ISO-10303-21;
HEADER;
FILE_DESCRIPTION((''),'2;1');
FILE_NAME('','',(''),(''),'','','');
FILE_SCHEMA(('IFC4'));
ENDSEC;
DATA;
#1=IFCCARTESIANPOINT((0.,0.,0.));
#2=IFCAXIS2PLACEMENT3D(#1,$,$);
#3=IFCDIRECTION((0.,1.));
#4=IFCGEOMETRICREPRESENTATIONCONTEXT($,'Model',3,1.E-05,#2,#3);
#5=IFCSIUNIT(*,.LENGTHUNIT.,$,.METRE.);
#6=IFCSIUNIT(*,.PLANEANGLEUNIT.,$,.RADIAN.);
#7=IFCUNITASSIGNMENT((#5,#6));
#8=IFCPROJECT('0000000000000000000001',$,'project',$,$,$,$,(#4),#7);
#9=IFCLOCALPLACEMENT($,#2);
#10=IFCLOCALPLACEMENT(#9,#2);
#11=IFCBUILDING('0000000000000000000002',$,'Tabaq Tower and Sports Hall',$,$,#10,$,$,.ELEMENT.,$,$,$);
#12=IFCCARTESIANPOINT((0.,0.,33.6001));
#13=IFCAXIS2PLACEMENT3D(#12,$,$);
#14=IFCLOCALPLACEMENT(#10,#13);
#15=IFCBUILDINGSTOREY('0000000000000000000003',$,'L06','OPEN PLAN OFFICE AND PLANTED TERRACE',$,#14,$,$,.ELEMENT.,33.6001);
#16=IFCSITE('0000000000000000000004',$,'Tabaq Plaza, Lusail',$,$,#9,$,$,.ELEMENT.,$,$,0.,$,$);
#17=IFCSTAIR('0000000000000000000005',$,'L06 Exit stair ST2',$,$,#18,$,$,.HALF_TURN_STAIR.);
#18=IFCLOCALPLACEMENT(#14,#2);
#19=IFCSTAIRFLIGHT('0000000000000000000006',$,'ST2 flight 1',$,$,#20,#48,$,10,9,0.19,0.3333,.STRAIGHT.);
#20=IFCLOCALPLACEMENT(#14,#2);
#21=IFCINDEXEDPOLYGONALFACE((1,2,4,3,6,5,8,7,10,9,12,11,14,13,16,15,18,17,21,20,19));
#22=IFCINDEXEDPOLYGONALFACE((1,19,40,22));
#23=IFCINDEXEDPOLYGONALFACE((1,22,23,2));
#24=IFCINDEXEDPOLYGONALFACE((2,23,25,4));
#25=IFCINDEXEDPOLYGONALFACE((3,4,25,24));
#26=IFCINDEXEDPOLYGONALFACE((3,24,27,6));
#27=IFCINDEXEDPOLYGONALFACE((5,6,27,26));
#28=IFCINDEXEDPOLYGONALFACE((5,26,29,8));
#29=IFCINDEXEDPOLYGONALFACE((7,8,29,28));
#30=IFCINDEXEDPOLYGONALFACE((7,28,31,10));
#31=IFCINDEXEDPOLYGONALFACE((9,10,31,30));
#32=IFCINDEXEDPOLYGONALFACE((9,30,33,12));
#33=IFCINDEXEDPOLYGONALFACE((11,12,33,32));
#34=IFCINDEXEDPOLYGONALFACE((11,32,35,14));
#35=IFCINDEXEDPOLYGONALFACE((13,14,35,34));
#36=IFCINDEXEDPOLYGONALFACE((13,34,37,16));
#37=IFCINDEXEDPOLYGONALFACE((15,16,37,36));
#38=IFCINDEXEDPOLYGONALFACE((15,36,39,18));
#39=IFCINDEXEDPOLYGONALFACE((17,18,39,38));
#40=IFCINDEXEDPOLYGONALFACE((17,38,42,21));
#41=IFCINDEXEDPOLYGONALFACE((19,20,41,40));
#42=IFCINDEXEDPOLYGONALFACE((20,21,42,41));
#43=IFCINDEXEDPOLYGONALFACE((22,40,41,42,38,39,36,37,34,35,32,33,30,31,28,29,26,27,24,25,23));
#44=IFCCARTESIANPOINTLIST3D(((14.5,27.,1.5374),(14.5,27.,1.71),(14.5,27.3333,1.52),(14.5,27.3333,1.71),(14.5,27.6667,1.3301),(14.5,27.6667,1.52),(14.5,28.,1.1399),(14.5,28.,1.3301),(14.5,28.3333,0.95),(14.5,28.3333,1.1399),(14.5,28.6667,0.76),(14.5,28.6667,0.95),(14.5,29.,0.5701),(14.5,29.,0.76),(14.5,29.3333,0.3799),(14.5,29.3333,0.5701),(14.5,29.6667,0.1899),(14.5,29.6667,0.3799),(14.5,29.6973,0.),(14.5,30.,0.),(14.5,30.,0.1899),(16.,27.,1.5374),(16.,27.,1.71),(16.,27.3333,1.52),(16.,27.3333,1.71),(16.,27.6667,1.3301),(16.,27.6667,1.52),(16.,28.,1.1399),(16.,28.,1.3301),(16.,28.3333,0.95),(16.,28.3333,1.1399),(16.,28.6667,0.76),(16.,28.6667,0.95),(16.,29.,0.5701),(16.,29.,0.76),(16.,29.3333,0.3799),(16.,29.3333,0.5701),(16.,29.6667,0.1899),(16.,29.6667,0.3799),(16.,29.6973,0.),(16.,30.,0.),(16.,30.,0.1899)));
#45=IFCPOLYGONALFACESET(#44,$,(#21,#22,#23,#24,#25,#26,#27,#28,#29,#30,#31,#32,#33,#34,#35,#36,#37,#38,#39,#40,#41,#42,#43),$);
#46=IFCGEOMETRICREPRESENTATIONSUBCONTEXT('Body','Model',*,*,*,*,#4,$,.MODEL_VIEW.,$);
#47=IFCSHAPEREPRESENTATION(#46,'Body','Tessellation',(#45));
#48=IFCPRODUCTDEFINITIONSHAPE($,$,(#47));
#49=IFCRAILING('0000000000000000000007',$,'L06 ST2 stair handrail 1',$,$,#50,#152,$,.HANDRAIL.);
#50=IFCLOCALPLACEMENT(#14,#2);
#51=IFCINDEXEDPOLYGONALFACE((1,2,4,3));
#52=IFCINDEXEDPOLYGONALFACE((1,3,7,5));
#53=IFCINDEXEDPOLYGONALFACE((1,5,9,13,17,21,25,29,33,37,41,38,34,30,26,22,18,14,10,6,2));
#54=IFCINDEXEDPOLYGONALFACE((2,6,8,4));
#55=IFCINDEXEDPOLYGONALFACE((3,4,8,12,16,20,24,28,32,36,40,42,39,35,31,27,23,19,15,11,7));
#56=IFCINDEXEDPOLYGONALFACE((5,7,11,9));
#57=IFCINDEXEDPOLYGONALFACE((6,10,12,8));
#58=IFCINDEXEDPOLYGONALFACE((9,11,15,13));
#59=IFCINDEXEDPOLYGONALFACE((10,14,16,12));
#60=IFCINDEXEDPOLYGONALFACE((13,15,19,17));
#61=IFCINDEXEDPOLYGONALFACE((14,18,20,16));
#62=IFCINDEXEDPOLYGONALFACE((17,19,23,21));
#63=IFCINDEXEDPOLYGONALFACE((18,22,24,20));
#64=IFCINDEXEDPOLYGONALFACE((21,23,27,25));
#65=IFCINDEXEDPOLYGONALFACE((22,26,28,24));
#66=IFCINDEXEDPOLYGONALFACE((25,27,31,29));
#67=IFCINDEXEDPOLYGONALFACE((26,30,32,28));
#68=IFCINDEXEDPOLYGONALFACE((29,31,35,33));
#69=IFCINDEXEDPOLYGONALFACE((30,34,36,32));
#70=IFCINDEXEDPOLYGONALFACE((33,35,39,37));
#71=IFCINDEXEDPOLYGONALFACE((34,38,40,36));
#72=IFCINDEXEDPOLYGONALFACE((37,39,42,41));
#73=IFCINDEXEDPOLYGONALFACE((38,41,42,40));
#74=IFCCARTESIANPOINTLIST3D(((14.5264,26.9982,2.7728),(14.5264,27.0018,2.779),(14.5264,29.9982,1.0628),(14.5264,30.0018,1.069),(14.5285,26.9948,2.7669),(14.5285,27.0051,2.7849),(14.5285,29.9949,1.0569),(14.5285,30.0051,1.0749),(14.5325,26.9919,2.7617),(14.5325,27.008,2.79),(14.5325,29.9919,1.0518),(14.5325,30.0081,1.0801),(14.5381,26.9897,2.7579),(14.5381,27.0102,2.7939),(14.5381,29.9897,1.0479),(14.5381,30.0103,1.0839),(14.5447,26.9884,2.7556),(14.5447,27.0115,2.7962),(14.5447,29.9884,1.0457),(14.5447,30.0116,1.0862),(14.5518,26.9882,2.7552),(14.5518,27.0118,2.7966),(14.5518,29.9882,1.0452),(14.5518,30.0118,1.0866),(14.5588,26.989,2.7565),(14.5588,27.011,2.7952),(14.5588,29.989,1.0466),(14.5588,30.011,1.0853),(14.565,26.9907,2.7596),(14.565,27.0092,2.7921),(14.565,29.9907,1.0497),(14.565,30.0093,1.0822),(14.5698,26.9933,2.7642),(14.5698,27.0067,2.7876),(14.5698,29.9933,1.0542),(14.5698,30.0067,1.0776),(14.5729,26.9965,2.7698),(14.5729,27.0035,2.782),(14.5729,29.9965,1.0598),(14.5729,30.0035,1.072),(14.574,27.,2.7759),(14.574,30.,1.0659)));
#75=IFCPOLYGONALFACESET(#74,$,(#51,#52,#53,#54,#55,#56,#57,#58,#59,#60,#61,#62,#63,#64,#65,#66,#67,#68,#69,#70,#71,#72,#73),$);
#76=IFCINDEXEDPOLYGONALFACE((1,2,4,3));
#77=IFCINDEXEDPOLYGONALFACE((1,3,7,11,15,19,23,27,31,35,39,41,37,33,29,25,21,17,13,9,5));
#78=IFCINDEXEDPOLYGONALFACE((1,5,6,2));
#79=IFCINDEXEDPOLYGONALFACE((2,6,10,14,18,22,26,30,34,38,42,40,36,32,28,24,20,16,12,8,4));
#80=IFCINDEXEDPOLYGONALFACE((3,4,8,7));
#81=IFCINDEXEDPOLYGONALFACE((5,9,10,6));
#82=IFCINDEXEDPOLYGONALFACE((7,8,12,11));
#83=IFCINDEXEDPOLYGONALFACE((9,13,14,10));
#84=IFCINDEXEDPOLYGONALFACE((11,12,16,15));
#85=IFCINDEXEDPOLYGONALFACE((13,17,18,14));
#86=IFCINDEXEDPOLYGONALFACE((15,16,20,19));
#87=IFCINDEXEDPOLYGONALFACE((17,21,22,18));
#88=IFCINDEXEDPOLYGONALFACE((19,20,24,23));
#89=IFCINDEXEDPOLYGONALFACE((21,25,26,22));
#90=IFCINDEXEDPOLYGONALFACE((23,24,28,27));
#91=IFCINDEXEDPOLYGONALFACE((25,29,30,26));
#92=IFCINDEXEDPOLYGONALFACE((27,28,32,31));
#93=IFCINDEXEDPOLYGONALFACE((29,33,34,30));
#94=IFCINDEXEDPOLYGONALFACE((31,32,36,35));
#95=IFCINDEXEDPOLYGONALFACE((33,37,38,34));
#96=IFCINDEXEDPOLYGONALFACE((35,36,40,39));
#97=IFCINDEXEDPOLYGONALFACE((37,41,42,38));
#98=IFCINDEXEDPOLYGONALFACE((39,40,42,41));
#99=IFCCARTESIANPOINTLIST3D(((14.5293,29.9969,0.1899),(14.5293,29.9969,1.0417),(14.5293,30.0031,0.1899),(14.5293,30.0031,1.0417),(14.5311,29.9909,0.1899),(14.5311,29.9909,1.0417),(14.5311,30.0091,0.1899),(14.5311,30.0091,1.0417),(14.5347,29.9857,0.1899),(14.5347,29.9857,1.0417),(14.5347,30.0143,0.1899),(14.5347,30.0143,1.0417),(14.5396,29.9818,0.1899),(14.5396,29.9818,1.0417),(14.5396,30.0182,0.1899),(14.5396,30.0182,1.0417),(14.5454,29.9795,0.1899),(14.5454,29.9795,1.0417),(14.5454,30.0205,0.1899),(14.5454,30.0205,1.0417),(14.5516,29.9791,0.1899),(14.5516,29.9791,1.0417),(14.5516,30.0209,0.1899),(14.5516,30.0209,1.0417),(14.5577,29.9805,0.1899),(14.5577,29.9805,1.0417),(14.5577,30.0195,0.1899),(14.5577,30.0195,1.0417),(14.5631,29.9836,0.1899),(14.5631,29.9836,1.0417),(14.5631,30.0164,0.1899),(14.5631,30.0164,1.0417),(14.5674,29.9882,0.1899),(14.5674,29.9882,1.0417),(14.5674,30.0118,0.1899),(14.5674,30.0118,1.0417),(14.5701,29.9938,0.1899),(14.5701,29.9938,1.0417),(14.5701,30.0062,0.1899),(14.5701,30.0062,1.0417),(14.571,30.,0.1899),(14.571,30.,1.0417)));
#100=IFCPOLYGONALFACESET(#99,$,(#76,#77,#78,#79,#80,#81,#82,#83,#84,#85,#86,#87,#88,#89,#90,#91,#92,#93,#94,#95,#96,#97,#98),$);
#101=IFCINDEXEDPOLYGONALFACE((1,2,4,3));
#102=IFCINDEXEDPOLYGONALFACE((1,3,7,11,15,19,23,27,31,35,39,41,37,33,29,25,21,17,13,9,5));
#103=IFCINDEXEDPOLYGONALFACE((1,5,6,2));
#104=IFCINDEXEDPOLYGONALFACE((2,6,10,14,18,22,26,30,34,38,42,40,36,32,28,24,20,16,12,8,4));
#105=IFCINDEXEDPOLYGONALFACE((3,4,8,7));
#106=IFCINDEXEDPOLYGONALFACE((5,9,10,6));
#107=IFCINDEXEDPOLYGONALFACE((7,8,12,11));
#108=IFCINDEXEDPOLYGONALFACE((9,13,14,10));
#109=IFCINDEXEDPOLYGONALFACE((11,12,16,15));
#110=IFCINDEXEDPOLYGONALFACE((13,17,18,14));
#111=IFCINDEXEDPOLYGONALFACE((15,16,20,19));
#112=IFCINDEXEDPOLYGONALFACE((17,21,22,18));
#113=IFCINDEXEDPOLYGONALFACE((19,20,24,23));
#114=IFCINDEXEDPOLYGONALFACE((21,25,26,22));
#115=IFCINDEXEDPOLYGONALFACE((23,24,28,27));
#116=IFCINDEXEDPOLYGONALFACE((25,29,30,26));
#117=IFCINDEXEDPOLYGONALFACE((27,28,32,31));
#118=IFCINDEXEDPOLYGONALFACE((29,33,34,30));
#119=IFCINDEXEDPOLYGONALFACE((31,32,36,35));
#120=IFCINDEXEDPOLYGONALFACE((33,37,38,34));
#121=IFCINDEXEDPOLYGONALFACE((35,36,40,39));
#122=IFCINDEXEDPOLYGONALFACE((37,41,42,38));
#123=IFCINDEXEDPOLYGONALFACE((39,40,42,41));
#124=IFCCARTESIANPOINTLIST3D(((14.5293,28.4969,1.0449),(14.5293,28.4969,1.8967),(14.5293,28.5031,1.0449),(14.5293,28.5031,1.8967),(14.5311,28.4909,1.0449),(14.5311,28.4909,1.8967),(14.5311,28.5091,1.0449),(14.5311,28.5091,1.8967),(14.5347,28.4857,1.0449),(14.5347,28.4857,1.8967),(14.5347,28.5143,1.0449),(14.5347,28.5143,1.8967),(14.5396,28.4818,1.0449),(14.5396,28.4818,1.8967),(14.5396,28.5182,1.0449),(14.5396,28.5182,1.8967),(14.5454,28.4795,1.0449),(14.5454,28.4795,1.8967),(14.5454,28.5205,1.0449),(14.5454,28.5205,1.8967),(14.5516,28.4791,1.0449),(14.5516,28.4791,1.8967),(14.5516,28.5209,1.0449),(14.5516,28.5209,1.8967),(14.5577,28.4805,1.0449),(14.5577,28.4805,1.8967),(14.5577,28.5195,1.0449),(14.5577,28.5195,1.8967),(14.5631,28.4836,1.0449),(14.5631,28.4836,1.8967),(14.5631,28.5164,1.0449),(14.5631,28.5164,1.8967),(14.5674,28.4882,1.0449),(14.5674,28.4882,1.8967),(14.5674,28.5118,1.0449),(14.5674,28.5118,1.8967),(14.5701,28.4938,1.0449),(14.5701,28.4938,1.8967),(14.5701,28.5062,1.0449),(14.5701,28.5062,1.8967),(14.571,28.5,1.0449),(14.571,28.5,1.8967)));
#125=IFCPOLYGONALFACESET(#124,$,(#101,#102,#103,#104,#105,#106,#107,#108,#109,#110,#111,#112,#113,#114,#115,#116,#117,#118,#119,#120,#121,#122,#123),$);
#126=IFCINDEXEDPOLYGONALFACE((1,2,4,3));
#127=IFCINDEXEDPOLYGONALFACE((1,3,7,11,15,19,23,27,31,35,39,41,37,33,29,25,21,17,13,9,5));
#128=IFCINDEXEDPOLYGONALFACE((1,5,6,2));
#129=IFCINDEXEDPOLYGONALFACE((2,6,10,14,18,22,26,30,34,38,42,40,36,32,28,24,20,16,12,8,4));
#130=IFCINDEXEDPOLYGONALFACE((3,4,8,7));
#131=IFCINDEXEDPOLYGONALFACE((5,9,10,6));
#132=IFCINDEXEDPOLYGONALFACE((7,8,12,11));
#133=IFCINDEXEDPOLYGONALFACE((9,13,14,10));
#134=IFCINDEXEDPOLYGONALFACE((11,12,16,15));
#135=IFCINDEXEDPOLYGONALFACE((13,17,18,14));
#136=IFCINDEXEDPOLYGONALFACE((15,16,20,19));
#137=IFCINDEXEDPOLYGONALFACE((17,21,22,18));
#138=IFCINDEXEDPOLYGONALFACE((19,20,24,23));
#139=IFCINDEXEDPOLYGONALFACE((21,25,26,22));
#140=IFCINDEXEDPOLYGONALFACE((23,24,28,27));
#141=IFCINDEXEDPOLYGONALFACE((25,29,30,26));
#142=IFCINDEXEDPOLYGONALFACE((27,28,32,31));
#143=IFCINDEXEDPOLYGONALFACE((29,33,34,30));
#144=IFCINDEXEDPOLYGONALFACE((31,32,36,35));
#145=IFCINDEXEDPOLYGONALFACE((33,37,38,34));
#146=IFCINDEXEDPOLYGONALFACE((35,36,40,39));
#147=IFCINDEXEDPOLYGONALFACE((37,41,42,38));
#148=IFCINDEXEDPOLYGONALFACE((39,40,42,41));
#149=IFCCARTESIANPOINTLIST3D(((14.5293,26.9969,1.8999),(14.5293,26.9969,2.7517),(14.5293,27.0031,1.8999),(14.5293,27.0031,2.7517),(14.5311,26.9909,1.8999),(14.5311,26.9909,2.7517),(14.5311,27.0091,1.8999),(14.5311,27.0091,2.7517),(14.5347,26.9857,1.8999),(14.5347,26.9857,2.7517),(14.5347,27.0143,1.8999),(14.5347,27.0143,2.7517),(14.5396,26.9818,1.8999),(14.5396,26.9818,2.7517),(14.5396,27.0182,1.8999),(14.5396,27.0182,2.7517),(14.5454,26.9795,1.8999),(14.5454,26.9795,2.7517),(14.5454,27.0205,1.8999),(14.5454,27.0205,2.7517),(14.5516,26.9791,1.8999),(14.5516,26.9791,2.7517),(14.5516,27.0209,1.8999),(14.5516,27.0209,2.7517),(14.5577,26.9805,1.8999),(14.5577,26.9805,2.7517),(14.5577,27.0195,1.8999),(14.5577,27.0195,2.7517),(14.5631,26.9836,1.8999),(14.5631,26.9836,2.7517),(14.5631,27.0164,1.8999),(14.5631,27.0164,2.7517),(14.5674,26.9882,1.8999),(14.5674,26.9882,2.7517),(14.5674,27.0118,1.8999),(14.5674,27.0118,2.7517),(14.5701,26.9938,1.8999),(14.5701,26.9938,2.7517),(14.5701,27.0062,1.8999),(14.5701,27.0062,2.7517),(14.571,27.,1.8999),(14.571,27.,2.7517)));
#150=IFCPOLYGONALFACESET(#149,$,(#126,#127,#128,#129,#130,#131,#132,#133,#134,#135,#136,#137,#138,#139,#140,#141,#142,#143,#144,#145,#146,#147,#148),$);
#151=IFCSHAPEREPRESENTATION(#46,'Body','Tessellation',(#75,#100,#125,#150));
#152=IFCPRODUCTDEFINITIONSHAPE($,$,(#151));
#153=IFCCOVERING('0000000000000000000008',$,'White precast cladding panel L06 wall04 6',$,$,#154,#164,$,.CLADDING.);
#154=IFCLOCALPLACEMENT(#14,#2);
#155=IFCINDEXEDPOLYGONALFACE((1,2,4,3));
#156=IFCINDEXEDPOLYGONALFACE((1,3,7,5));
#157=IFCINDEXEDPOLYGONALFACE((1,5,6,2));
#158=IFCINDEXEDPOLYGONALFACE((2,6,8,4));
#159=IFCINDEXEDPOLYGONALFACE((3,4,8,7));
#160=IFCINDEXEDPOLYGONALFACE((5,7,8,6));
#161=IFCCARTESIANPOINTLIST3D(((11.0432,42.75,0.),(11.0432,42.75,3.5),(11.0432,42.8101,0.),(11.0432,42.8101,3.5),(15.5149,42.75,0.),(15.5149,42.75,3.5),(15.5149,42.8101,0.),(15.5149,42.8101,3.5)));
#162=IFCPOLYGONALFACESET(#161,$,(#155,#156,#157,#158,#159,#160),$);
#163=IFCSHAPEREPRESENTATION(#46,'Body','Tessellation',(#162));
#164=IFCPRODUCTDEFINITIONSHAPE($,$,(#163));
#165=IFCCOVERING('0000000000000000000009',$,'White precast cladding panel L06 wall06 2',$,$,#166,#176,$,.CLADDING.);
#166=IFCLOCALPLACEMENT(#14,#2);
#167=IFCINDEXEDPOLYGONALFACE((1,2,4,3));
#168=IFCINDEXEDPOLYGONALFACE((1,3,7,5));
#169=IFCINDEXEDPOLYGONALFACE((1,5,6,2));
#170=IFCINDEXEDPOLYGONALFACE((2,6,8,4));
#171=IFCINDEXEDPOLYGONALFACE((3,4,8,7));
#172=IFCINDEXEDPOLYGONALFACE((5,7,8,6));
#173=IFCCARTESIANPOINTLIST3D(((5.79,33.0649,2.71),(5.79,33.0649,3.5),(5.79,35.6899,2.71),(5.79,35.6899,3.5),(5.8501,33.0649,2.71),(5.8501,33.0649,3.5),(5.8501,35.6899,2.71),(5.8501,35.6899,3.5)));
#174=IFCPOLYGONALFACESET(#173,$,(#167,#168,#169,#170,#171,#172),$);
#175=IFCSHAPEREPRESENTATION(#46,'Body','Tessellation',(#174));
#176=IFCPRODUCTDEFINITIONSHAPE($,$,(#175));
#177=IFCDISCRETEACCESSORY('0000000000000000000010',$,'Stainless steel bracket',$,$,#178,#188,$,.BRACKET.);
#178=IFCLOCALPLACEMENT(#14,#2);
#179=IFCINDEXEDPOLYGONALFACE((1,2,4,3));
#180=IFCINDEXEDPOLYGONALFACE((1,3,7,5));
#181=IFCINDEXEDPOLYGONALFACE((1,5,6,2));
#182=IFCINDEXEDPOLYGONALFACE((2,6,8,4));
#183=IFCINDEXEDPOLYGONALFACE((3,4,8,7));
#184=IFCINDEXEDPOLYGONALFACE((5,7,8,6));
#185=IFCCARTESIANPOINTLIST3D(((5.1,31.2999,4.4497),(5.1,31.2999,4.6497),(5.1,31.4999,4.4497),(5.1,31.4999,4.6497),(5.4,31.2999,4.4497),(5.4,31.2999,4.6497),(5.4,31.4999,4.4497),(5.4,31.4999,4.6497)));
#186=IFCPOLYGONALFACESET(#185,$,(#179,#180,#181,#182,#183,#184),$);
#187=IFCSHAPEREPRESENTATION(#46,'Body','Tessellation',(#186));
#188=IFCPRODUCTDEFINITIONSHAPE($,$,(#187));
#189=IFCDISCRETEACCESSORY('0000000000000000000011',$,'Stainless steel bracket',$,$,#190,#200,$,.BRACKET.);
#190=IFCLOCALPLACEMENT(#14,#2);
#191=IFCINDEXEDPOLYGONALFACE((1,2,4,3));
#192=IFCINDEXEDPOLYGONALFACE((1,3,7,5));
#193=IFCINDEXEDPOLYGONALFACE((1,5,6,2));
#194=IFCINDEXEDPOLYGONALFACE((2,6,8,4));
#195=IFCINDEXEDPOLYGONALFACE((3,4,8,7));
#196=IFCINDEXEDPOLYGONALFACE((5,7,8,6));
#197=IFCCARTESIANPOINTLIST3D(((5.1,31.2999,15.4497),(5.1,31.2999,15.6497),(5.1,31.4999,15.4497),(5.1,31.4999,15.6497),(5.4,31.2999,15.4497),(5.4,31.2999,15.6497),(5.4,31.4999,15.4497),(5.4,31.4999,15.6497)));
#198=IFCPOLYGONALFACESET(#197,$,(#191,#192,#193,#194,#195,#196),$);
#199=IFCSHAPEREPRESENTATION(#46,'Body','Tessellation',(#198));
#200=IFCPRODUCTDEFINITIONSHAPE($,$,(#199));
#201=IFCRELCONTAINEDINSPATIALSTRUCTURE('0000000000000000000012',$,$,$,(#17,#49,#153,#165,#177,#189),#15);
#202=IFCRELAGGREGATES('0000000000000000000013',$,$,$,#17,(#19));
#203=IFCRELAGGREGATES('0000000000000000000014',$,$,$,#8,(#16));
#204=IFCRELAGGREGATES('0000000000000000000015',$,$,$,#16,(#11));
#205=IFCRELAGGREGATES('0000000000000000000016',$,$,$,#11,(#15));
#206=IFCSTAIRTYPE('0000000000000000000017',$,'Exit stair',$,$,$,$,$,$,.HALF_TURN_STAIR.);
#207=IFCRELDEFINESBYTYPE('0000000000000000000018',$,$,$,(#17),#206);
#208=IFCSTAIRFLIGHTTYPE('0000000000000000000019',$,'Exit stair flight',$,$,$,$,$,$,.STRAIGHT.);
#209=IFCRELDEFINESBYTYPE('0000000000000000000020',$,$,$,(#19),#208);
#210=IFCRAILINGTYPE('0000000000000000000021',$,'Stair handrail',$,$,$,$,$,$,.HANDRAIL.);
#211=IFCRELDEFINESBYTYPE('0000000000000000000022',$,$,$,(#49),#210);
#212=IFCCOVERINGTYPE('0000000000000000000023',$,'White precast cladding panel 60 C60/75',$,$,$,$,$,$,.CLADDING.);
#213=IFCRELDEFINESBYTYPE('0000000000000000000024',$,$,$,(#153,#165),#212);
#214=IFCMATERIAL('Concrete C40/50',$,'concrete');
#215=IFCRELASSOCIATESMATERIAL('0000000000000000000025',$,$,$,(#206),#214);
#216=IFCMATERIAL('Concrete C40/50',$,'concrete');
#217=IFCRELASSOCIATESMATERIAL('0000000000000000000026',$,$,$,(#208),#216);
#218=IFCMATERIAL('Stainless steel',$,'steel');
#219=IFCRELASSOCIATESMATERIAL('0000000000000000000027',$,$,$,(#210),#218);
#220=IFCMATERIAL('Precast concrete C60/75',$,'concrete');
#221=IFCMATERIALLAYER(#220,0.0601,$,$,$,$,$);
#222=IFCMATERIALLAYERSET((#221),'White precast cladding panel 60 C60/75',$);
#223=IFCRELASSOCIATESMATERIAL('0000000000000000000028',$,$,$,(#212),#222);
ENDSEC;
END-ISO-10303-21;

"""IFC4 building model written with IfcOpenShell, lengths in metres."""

from ifc_helpers import new_model, si_unit, direction, frame, frame_2d, origin, origin_2d, place, context, subcontext, project, spatial, polyline, rectangle, circle, outline, extrude, material, layer, layer_set, type_object, element, aggregate, save


model = new_model("IFC4")

# Units and contexts
model_context = context("Model", 3, precision=1e-05, world=origin(), true_north=direction((0.0, 1.0)))
body_context = subcontext(model_context, "Body", "Model", "MODEL_VIEW")
ifc_project = project(units=[si_unit("LENGTHUNIT", "METRE"), si_unit("PLANEANGLEUNIT", "RADIAN")], contexts=[model_context])

# Site, building, storey
site_placement = place(None, origin())
site = spatial("IfcSite", under=ifc_project, at=site_placement, Name="Tabaq Plaza, Lusail", CompositionType="ELEMENT", RefElevation=0.0)
building_placement = place(site_placement, origin())
building = spatial("IfcBuilding", under=site, at=building_placement, Name="Tabaq Tower and Sports Hall", CompositionType="ELEMENT")
storey_placement = place(building_placement, frame((0.0, 0.0, 33.6001)))
storey = spatial("IfcBuildingStorey", under=building, at=storey_placement, Name="L06", Description="OPEN PLAN OFFICE AND PLANTED TERRACE", CompositionType="ELEMENT", Elevation=33.6001)

# Stair, stair flight
ifc_material_1 = material(Name="Concrete C40/50", Category="concrete")
stair_type = type_object("IfcStairType", Name="Exit stair", PredefinedType="HALF_TURN_STAIR", material=ifc_material_1)
stair_placement = place(storey_placement, origin())
stair = element("IfcStair", 1, at=stair_placement, inside=storey, type_object=stair_type, Name="L06 Exit stair ST2", PredefinedType="HALF_TURN_STAIR")
ifc_material_2 = material(Name="Concrete C40/50", Category="concrete")
stair_flight_type = type_object("IfcStairFlightType", Name="Exit stair flight", PredefinedType="STRAIGHT", material=ifc_material_2)
stair_flight_placement = place(storey_placement, frame((15.25, 30.0, 0.0), z_axis=(0.0, 0.0, 1.0), x_axis=(0.0, -1.0, 0.0)))
stair_flight = element("IfcStairFlight", 2, at=stair_flight_placement, type_object=stair_flight_type, Name="ST2 flight 1", NumberOfRisers=10, NumberOfTreads=9, PredefinedType="STRAIGHT", RiserHeight=0.19, TreadLength=0.3333, context=body_context, shape_type="SweptSolid", body=[
    extrude(outline(polyline([(0.0, 0.0), (0.0, 0.1899), (0.3333, 0.1899), (0.3333, 0.3799), (0.6667, 0.3799), (0.6667, 0.5701), (1.0, 0.5701), (1.0, 0.76), (1.3333, 0.76), (1.3333, 0.95), (1.6667, 0.95), (1.6667, 1.1399), (2.0, 1.1399), (2.0, 1.3301), (2.3333, 1.3301), (2.3333, 1.52), (2.6667, 1.52), (2.6667, 1.71), (3.0, 1.71), (3.0, 1.8999), (3.0, 1.5374), (0.3027, 0.0), (0.0, 0.0)])), frame((0.0, 0.75, 0.0), z_axis=(0.0, -1.0, 0.0), x_axis=(1.0, 0.0, 0.0)), (0.0, 0.0, 1.0), 1.5),
])
aggregate(stair, [stair_flight])

# Railing
ifc_material_3 = material(Name="Stainless steel", Category="steel")
railing_type = type_object("IfcRailingType", Name="Stair handrail", PredefinedType="HANDRAIL", material=ifc_material_3)
railing_placement = place(storey_placement, frame((14.55, 30.0, 0.1899)))
element("IfcRailing", 3, at=railing_placement, inside=storey, type_object=railing_type, Name="L06 ST2 stair handrail 1", PredefinedType="HANDRAIL", context=body_context, shape_type="SweptSolid", body=[
    extrude(circle(Radius=0.0239, at=origin_2d()), frame((0.0, 0.0, 0.876), z_axis=(0.0, -0.868782, 0.495195), x_axis=(1.0, 0.0, 0.0)), (0.0, 0.0, 1.0), 3.4531),
    extrude(circle(Radius=0.021, at=origin_2d()), origin(), (0.0, 0.0, 1.0), 0.8518),
    extrude(circle(Radius=0.021, at=origin_2d()), frame((0.0, -1.5, 0.855)), (0.0, 0.0, 1.0), 0.8518),
    extrude(circle(Radius=0.021, at=origin_2d()), frame((0.0, -3.0, 1.71)), (0.0, 0.0, 1.0), 0.8518),
])

# Coverings
ifc_material_4 = material(Name="Precast concrete C60/75", Category="concrete")
ifc_layer_1 = layer(ifc_material_4, 0.0601)
ifc_layer_set_1 = layer_set([ifc_layer_1], Name="White precast cladding panel 60 C60/75")
covering_type = type_object("IfcCoveringType", Name="White precast cladding panel 60 C60/75", PredefinedType="CLADDING", material=ifc_layer_set_1)
covering_1_placement = place(storey_placement, frame((15.5149, 42.78, 0.0), z_axis=(0.0, 0.0, 1.0), x_axis=(-1.0, 0.0, 0.0)))
element("IfcCovering", 4, at=covering_1_placement, inside=storey, type_object=covering_type, Name="White precast cladding panel L06 wall04 6", PredefinedType="CLADDING", context=body_context, shape_type="SweptSolid", body=[
    extrude(rectangle(XDim=4.4717, YDim=0.0601, at=frame_2d((2.2358, 0.0))), origin(), (0.0, 0.0, 1.0), 3.5),
])
covering_2_placement = place(storey_placement, frame((5.8201, 35.6899, 2.71), z_axis=(0.0, 0.0, 1.0), x_axis=(0.0, -1.0, 0.0)))
element("IfcCovering", 5, at=covering_2_placement, inside=storey, type_object=covering_type, Name="White precast cladding panel L06 wall06 2", PredefinedType="CLADDING", context=body_context, shape_type="SweptSolid", body=[
    extrude(rectangle(XDim=2.625, YDim=0.0601, at=frame_2d((1.3125, 0.0))), origin(), (0.0, 0.0, 1.0), 0.79),
])

# Discrete accessories
for number, where, z_axis, x_axis, name in (
    (6, (5.25, 31.3999, 4.4497), (0.0, 0.0, 1.0), (0.0, 1.0, 0.0), "Stainless steel bracket"),
    (7, (5.25, 31.3999, 15.4497), (0.0, 0.0, 1.0), (0.0, 1.0, 0.0), "Stainless steel bracket"),
):
    element("IfcDiscreteAccessory", number, at=place(storey_placement, frame(where, z_axis=z_axis, x_axis=x_axis)), inside=storey, Name=name, PredefinedType="BRACKET", context=body_context, shape_type="SweptSolid", body=[
        extrude(rectangle(XDim=0.2, YDim=0.3, at=origin_2d()), origin(), (0.0, 0.0, 1.0), 0.2),
    ])

save(model, "model.ifc")
